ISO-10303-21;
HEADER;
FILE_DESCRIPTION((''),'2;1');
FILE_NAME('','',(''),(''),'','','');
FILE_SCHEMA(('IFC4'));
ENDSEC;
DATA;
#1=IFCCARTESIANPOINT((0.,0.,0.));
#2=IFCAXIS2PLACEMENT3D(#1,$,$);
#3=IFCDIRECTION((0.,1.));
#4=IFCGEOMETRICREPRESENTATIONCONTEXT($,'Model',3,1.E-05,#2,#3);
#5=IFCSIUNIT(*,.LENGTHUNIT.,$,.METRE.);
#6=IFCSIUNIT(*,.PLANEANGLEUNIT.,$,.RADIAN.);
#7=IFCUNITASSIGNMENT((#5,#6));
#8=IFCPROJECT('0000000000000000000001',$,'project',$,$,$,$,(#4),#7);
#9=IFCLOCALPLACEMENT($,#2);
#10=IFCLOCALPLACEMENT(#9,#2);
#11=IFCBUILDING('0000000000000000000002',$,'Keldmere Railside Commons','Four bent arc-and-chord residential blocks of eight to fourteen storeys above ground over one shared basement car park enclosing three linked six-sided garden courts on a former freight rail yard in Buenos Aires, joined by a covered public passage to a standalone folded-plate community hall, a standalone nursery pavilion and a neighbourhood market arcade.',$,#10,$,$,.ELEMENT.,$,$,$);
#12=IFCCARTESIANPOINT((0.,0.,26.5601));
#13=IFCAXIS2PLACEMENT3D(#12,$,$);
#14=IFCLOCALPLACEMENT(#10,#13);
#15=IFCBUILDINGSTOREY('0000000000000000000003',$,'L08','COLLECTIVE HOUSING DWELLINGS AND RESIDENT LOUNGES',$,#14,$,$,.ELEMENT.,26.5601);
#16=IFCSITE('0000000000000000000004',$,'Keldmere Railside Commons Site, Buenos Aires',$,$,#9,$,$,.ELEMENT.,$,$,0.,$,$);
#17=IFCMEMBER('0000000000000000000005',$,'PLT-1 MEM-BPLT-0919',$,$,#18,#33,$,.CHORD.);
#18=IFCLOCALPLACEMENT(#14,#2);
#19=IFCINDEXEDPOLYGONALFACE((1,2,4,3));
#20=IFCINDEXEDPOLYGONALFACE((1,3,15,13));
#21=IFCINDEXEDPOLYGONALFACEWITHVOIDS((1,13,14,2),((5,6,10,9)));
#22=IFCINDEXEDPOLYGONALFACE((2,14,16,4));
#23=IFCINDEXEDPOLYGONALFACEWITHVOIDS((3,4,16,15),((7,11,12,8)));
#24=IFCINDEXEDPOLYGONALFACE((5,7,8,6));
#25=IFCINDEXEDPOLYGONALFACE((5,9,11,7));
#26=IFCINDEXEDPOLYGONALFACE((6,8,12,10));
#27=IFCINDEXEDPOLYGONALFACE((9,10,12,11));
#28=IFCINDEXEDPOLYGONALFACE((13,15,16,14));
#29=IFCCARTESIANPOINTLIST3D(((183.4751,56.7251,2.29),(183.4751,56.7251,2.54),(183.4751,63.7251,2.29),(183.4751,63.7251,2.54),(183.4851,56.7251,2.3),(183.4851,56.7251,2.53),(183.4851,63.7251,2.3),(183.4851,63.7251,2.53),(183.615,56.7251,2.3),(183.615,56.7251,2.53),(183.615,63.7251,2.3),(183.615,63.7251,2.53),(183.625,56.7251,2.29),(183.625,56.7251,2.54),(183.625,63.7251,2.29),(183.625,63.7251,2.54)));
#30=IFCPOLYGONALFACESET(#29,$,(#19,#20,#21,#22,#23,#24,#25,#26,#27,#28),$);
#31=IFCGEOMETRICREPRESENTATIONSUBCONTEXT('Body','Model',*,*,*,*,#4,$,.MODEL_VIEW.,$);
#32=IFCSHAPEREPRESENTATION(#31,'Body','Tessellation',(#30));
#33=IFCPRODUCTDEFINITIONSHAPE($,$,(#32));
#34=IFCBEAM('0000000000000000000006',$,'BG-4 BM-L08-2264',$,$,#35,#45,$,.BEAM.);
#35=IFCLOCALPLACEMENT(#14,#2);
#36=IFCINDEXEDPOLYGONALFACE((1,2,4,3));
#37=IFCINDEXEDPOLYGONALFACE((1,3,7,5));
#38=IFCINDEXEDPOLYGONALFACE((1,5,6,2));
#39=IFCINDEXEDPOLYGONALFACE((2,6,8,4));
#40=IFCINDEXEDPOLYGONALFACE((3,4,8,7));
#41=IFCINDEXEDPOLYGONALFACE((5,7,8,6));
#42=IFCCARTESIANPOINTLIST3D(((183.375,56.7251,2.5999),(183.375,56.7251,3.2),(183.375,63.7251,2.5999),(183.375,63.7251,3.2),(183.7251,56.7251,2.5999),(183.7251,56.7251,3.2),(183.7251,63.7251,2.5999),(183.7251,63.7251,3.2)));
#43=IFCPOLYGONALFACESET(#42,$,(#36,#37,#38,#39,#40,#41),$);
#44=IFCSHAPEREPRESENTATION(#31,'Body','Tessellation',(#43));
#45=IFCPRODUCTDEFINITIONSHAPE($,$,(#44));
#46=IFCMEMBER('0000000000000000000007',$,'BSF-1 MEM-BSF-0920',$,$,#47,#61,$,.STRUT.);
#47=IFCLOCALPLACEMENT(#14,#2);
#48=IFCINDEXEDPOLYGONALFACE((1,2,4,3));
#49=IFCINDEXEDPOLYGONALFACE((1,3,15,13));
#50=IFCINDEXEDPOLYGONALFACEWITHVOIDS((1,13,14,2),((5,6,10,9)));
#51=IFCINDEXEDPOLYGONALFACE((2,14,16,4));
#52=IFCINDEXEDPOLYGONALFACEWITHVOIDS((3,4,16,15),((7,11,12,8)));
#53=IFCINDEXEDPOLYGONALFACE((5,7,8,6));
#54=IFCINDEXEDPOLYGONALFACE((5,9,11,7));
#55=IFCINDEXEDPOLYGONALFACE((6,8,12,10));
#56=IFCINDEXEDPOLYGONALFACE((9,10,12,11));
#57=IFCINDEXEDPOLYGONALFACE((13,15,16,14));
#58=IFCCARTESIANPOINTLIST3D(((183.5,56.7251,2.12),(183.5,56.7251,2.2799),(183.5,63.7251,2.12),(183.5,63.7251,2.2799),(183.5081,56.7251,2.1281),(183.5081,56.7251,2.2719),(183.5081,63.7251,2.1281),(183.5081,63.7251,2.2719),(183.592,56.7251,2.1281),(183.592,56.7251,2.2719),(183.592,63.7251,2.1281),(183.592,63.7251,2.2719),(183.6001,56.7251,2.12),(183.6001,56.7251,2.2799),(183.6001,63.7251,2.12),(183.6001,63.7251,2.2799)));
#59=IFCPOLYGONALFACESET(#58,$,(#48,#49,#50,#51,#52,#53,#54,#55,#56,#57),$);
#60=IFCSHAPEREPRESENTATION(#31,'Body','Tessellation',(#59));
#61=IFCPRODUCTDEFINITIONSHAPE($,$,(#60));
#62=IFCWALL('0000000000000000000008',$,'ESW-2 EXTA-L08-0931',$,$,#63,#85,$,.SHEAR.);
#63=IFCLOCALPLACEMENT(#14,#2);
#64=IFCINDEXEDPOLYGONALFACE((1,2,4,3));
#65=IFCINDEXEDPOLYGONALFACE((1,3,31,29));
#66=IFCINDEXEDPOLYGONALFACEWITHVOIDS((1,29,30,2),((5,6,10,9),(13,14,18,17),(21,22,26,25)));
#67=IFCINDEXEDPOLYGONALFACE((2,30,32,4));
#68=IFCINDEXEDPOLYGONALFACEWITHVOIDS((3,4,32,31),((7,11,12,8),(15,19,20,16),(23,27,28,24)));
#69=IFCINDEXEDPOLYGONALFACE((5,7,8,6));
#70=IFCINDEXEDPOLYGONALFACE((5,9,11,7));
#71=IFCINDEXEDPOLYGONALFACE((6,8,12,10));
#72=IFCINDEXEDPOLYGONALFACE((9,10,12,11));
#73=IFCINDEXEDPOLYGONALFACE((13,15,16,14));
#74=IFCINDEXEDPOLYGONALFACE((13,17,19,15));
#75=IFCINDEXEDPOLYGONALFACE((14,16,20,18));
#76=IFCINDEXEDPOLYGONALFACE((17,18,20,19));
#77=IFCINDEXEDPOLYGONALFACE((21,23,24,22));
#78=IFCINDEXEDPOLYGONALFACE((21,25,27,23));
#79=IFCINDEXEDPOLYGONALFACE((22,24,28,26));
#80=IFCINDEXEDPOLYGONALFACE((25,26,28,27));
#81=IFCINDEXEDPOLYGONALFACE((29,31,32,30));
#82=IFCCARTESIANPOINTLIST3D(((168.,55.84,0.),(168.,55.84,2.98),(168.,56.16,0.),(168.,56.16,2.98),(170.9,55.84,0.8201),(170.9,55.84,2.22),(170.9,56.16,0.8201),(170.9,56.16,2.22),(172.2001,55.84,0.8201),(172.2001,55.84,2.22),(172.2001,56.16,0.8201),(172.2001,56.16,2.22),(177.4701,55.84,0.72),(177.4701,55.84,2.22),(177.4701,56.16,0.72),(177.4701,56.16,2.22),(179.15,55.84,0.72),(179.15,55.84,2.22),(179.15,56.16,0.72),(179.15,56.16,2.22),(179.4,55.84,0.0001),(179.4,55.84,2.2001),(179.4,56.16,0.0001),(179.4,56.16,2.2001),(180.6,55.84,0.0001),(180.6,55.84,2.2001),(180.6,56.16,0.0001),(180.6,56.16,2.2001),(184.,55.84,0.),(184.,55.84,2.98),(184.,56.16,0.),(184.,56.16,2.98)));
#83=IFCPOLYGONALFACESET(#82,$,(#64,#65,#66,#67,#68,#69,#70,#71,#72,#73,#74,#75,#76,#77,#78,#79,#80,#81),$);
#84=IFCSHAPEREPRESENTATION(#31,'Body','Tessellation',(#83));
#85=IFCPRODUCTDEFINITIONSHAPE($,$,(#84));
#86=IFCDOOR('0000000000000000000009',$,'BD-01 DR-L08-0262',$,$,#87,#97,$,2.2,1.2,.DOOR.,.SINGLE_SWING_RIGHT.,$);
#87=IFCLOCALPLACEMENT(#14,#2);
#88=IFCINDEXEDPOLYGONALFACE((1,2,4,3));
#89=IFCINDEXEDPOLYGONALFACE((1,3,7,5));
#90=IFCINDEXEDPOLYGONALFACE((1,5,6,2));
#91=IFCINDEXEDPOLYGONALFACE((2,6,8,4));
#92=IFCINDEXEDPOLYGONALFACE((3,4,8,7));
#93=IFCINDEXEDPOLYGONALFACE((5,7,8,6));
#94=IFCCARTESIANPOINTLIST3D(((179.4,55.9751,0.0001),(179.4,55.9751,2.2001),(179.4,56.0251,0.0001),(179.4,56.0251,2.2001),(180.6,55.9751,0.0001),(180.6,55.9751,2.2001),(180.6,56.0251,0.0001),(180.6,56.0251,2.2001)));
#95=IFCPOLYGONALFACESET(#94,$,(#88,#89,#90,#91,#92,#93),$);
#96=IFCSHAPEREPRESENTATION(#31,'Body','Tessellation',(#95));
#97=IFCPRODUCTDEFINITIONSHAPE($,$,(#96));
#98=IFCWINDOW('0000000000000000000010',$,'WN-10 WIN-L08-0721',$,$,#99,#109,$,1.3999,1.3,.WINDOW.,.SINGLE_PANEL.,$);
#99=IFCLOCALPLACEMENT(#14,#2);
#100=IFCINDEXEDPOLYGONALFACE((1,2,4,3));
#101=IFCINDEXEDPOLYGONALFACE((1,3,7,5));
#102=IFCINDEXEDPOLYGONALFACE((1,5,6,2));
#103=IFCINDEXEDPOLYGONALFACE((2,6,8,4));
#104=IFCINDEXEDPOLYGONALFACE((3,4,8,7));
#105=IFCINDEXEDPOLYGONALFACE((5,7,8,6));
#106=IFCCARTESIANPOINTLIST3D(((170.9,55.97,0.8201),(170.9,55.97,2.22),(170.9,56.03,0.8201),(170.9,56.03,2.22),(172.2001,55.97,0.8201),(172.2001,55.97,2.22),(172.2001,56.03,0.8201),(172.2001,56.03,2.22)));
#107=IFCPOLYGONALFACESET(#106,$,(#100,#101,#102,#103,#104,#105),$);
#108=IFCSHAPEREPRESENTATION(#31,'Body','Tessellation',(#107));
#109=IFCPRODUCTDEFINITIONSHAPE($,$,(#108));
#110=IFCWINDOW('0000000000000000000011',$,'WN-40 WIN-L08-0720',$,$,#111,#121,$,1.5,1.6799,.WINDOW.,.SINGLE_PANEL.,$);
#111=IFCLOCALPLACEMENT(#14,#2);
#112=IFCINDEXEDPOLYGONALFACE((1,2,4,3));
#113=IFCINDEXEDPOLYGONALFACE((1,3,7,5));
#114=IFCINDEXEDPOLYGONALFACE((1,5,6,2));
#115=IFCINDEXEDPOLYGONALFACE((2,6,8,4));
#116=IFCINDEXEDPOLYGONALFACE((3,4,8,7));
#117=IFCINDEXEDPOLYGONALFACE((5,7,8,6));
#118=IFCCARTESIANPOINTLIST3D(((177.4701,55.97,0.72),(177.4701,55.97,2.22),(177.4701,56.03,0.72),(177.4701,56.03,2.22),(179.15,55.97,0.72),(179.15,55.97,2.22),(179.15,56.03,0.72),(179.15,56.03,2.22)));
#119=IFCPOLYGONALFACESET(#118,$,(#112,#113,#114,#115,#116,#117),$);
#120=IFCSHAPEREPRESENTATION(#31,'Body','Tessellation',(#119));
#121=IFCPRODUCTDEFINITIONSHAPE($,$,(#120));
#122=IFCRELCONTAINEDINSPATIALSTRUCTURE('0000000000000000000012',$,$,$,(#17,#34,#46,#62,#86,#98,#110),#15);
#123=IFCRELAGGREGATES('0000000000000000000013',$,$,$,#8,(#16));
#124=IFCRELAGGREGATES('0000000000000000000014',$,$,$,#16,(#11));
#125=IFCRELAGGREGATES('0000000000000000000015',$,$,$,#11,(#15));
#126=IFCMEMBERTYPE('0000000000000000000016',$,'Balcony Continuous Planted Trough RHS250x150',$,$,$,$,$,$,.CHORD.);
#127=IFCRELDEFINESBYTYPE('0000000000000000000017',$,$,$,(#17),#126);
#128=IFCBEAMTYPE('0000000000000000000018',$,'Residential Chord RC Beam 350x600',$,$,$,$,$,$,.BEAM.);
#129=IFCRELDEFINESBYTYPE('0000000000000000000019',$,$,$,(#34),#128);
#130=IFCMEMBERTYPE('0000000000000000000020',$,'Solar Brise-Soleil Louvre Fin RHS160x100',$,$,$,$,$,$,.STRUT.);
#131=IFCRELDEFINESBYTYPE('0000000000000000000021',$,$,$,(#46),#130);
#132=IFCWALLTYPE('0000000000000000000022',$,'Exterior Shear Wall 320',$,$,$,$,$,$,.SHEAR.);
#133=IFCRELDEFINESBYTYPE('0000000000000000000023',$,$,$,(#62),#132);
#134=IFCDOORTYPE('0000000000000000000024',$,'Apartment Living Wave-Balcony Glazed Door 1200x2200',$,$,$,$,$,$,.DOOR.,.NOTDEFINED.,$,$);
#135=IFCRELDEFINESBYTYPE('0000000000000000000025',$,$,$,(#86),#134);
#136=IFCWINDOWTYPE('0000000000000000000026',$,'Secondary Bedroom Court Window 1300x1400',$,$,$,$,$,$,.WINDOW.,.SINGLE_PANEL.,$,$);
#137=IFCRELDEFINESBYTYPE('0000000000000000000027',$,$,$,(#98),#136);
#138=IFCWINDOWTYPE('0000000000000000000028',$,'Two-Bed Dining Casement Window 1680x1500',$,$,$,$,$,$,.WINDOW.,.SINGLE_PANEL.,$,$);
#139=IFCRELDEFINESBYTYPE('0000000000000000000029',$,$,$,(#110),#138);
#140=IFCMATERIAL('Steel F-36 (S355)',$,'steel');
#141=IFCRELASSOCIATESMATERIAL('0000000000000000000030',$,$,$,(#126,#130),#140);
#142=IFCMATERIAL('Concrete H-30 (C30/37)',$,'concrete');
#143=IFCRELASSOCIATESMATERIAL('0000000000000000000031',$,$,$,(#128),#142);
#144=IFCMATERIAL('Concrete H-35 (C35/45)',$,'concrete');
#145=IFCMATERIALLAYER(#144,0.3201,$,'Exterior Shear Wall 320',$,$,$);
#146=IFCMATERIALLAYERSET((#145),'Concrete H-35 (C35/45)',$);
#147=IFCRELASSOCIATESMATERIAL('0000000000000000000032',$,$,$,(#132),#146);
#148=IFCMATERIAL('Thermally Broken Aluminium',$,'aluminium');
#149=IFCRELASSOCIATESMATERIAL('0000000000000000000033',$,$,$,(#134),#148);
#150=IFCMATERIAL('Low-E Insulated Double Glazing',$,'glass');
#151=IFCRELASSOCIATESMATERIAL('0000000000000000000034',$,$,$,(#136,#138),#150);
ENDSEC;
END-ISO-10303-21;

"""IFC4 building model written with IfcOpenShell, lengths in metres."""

from ifc_helpers import new_model, si_unit, direction, frame, frame_2d, origin, origin_2d, place, context, subcontext, project, spatial, rectangle, hollow_rectangle, extrude, material, layer, layer_set, material_profile, profile_set, type_object, element, fill, save


model = new_model("IFC4")

# Units and contexts
model_context = context("Model", 3, precision=1e-05, world=origin(), true_north=direction((0.0, 1.0)))
body_context = subcontext(model_context, "Body", "Model", "MODEL_VIEW")
ifc_project = project(units=[si_unit("LENGTHUNIT", "METRE"), si_unit("PLANEANGLEUNIT", "RADIAN")], contexts=[model_context])

# Site, building, storey
site_placement = place(None, origin())
site = spatial("IfcSite", under=ifc_project, at=site_placement, Name="Keldmere Railside Commons Site, Buenos Aires", CompositionType="ELEMENT", RefElevation=0.0)
building_placement = place(site_placement, origin())
building = spatial("IfcBuilding", under=site, at=building_placement, Name="Keldmere Railside Commons", Description="Four bent arc-and-chord residential blocks of eight to fourteen storeys above ground over one shared basement car park enclosing three linked six-sided garden courts on a former freight rail yard in Buenos Aires, joined by a covered public passage to a standalone folded-plate community hall, a standalone nursery pavilion and a neighbourhood market arcade.", CompositionType="ELEMENT")
storey_placement = place(building_placement, frame((0.0, 0.0, 26.5601)))
storey = spatial("IfcBuildingStorey", under=building, at=storey_placement, Name="L08", Description="COLLECTIVE HOUSING DWELLINGS AND RESIDENT LOUNGES", CompositionType="ELEMENT", Elevation=26.5601)

# Member
ifc_material_1 = material(Name="Steel F-36 (S355)", Category="steel")
ifc_material_profile_1 = material_profile(ifc_material_1, hollow_rectangle(XDim=0.1499, YDim=0.25, WallThickness=0.01, at=origin_2d()), Name="RHS-250x150x10")
ifc_profile_set_1 = profile_set([ifc_material_profile_1], Name="Steel F-36 (S355)")
member_type_1 = type_object("IfcMemberType", Name="Balcony Continuous Planted Trough RHS250x150", PredefinedType="CHORD", material=ifc_profile_set_1)
member_1_placement = place(storey_placement, frame((183.55, 56.7251, 2.415), z_axis=(0.0, 1.0, 0.0), x_axis=(-1.0, 0.0, 0.0)))
element("IfcMember", 1, at=member_1_placement, inside=storey, type_object=member_type_1, Name="PLT-1 MEM-BPLT-0919", PredefinedType="CHORD", context=body_context, shape_type="SweptSolid", body=[
    extrude(hollow_rectangle(XDim=0.1499, YDim=0.25, WallThickness=0.01, at=origin_2d()), origin(), (0.0, 0.0, 1.0), 7.0),
])

# Beam
ifc_material_2 = material(Name="Concrete H-30 (C30/37)", Category="concrete")
ifc_material_profile_2 = material_profile(ifc_material_2, rectangle(XDim=0.3501, YDim=0.6001, at=origin_2d()), Name="RC-350x600")
ifc_profile_set_2 = profile_set([ifc_material_profile_2], Name="Concrete H-30 (C30/37)")
beam_type = type_object("IfcBeamType", Name="Residential Chord RC Beam 350x600", PredefinedType="BEAM", material=ifc_profile_set_2)
beam_placement = place(storey_placement, frame((183.55, 56.7251, 2.8999), z_axis=(0.0, 1.0, 0.0), x_axis=(-1.0, 0.0, 0.0)))
element("IfcBeam", 2, at=beam_placement, inside=storey, type_object=beam_type, Name="BG-4 BM-L08-2264", PredefinedType="BEAM", context=body_context, shape_type="SweptSolid", body=[
    extrude(rectangle(XDim=0.3501, YDim=0.6001, at=origin_2d()), origin(), (0.0, 0.0, 1.0), 7.0),
])

# Member
ifc_material_profile_3 = material_profile(ifc_material_1, hollow_rectangle(XDim=0.1001, YDim=0.1599, WallThickness=0.0081, at=origin_2d()), Name="RHS-160x100x8")
ifc_profile_set_3 = profile_set([ifc_material_profile_3], Name="Steel F-36 (S355)")
member_type_2 = type_object("IfcMemberType", Name="Solar Brise-Soleil Louvre Fin RHS160x100", PredefinedType="STRUT", material=ifc_profile_set_3)
member_2_placement = place(storey_placement, frame((183.55, 56.7251, 2.2), z_axis=(0.0, 1.0, 0.0), x_axis=(-1.0, 0.0, 0.0)))
element("IfcMember", 3, at=member_2_placement, inside=storey, type_object=member_type_2, Name="BSF-1 MEM-BSF-0920", PredefinedType="STRUT", context=body_context, shape_type="SweptSolid", body=[
    extrude(hollow_rectangle(XDim=0.1001, YDim=0.1599, WallThickness=0.0081, at=origin_2d()), origin(), (0.0, 0.0, 1.0), 7.0),
])

# Wall, openings, door, windows
ifc_material_3 = material(Name="Concrete H-35 (C35/45)", Category="concrete")
ifc_layer = layer(ifc_material_3, 0.3201, Name="Exterior Shear Wall 320")
ifc_layer_set = layer_set([ifc_layer], Name="Concrete H-35 (C35/45)")
wall_type = type_object("IfcWallType", Name="Exterior Shear Wall 320", PredefinedType="SHEAR", material=ifc_layer_set)
wall_placement = place(storey_placement, frame((184.0, 56.0, 0.0), z_axis=(0.0, 0.0, 1.0), x_axis=(-1.0, 0.0, 0.0)))
wall = element("IfcWall", 4, at=wall_placement, inside=storey, type_object=wall_type, Name="ESW-2 EXTA-L08-0931", PredefinedType="SHEAR", context=body_context, shape_type="SweptSolid", body=[
    extrude(rectangle(XDim=16.0, YDim=0.3201, at=frame_2d((8.0, 0.0))), origin(), (0.0, 0.0, 1.0), 2.98),
])
opening_1_placement = place(wall_placement, frame((3.3999, 0.0, 0.0)))
opening_1 = element("IfcOpeningElement", 5, at=opening_1_placement, cuts=wall, PredefinedType="OPENING", context=body_context, shape_type="SweptSolid", body=[
    extrude(rectangle(XDim=1.2, YDim=2.2, at=frame_2d((0.6001, 1.1001))), frame((0.0, 0.1699, 0.0), z_axis=(0.0, -1.0, 0.0), x_axis=(1.0, 0.0, 0.0)), (0.0, 0.0, 1.0), 0.3401),
])
opening_2_placement = place(wall_placement, frame((4.8501, 0.0, 0.72)))
opening_2 = element("IfcOpeningElement", 6, at=opening_2_placement, cuts=wall, PredefinedType="OPENING", context=body_context, shape_type="SweptSolid", body=[
    extrude(rectangle(XDim=1.6799, YDim=1.5, at=frame_2d((0.8398, 0.75))), frame((0.0, 0.1699, 0.0), z_axis=(0.0, -1.0, 0.0), x_axis=(1.0, 0.0, 0.0)), (0.0, 0.0, 1.0), 0.3401),
])
opening_3_placement = place(wall_placement, frame((11.8, 0.0, 0.8201)))
opening_3 = element("IfcOpeningElement", 7, at=opening_3_placement, cuts=wall, PredefinedType="OPENING", context=body_context, shape_type="SweptSolid", body=[
    extrude(rectangle(XDim=1.3, YDim=1.3999, at=frame_2d((0.6499, 0.7))), frame((0.0, 0.1699, 0.0), z_axis=(0.0, -1.0, 0.0), x_axis=(1.0, 0.0, 0.0)), (0.0, 0.0, 1.0), 0.3401),
])
ifc_material_4 = material(Name="Thermally Broken Aluminium", Category="aluminium")
door_type = type_object("IfcDoorType", Name="Apartment Living Wave-Balcony Glazed Door 1200x2200", OperationType="NOTDEFINED", PredefinedType="DOOR", material=ifc_material_4)
door_placement = place(opening_1_placement, origin())
door = element("IfcDoor", 8, at=door_placement, inside=storey, type_object=door_type, Name="BD-01 DR-L08-0262", OperationType="SINGLE_SWING_RIGHT", OverallHeight=2.2, OverallWidth=1.2, PredefinedType="DOOR", context=body_context, shape_type="SweptSolid", body=[
    extrude(rectangle(XDim=1.2, YDim=2.2, at=frame_2d((0.6001, 1.1001))), frame((0.0, 0.0249, 0.0), z_axis=(0.0, -1.0, 0.0), x_axis=(1.0, 0.0, 0.0)), (0.0, 0.0, 1.0), 0.05),
])
fill(opening_1, door)
ifc_material_5 = material(Name="Low-E Insulated Double Glazing", Category="glass")
window_type_1 = type_object("IfcWindowType", Name="Secondary Bedroom Court Window 1300x1400", PartitioningType="SINGLE_PANEL", PredefinedType="WINDOW", material=ifc_material_5)
window_1_placement = place(opening_3_placement, origin())
window_1 = element("IfcWindow", 9, at=window_1_placement, inside=storey, type_object=window_type_1, Name="WN-10 WIN-L08-0721", OverallHeight=1.3999, OverallWidth=1.3, PartitioningType="SINGLE_PANEL", PredefinedType="WINDOW", context=body_context, shape_type="SweptSolid", body=[
    extrude(rectangle(XDim=1.3, YDim=1.3999, at=frame_2d((0.6499, 0.7))), frame((0.0, 0.03, 0.0), z_axis=(0.0, -1.0, 0.0), x_axis=(1.0, 0.0, 0.0)), (0.0, 0.0, 1.0), 0.0601),
])
fill(opening_3, window_1)
window_type_2 = type_object("IfcWindowType", Name="Two-Bed Dining Casement Window 1680x1500", PartitioningType="SINGLE_PANEL", PredefinedType="WINDOW", material=ifc_material_5)
window_2_placement = place(opening_2_placement, origin())
window_2 = element("IfcWindow", 10, at=window_2_placement, inside=storey, type_object=window_type_2, Name="WN-40 WIN-L08-0720", OverallHeight=1.5, OverallWidth=1.6799, PartitioningType="SINGLE_PANEL", PredefinedType="WINDOW", context=body_context, shape_type="SweptSolid", body=[
    extrude(rectangle(XDim=1.6799, YDim=1.5, at=frame_2d((0.8398, 0.75))), frame((0.0, 0.03, 0.0), z_axis=(0.0, -1.0, 0.0), x_axis=(1.0, 0.0, 0.0)), (0.0, 0.0, 1.0), 0.0601),
])
fill(opening_2, window_2)

save(model, "model.ifc")
